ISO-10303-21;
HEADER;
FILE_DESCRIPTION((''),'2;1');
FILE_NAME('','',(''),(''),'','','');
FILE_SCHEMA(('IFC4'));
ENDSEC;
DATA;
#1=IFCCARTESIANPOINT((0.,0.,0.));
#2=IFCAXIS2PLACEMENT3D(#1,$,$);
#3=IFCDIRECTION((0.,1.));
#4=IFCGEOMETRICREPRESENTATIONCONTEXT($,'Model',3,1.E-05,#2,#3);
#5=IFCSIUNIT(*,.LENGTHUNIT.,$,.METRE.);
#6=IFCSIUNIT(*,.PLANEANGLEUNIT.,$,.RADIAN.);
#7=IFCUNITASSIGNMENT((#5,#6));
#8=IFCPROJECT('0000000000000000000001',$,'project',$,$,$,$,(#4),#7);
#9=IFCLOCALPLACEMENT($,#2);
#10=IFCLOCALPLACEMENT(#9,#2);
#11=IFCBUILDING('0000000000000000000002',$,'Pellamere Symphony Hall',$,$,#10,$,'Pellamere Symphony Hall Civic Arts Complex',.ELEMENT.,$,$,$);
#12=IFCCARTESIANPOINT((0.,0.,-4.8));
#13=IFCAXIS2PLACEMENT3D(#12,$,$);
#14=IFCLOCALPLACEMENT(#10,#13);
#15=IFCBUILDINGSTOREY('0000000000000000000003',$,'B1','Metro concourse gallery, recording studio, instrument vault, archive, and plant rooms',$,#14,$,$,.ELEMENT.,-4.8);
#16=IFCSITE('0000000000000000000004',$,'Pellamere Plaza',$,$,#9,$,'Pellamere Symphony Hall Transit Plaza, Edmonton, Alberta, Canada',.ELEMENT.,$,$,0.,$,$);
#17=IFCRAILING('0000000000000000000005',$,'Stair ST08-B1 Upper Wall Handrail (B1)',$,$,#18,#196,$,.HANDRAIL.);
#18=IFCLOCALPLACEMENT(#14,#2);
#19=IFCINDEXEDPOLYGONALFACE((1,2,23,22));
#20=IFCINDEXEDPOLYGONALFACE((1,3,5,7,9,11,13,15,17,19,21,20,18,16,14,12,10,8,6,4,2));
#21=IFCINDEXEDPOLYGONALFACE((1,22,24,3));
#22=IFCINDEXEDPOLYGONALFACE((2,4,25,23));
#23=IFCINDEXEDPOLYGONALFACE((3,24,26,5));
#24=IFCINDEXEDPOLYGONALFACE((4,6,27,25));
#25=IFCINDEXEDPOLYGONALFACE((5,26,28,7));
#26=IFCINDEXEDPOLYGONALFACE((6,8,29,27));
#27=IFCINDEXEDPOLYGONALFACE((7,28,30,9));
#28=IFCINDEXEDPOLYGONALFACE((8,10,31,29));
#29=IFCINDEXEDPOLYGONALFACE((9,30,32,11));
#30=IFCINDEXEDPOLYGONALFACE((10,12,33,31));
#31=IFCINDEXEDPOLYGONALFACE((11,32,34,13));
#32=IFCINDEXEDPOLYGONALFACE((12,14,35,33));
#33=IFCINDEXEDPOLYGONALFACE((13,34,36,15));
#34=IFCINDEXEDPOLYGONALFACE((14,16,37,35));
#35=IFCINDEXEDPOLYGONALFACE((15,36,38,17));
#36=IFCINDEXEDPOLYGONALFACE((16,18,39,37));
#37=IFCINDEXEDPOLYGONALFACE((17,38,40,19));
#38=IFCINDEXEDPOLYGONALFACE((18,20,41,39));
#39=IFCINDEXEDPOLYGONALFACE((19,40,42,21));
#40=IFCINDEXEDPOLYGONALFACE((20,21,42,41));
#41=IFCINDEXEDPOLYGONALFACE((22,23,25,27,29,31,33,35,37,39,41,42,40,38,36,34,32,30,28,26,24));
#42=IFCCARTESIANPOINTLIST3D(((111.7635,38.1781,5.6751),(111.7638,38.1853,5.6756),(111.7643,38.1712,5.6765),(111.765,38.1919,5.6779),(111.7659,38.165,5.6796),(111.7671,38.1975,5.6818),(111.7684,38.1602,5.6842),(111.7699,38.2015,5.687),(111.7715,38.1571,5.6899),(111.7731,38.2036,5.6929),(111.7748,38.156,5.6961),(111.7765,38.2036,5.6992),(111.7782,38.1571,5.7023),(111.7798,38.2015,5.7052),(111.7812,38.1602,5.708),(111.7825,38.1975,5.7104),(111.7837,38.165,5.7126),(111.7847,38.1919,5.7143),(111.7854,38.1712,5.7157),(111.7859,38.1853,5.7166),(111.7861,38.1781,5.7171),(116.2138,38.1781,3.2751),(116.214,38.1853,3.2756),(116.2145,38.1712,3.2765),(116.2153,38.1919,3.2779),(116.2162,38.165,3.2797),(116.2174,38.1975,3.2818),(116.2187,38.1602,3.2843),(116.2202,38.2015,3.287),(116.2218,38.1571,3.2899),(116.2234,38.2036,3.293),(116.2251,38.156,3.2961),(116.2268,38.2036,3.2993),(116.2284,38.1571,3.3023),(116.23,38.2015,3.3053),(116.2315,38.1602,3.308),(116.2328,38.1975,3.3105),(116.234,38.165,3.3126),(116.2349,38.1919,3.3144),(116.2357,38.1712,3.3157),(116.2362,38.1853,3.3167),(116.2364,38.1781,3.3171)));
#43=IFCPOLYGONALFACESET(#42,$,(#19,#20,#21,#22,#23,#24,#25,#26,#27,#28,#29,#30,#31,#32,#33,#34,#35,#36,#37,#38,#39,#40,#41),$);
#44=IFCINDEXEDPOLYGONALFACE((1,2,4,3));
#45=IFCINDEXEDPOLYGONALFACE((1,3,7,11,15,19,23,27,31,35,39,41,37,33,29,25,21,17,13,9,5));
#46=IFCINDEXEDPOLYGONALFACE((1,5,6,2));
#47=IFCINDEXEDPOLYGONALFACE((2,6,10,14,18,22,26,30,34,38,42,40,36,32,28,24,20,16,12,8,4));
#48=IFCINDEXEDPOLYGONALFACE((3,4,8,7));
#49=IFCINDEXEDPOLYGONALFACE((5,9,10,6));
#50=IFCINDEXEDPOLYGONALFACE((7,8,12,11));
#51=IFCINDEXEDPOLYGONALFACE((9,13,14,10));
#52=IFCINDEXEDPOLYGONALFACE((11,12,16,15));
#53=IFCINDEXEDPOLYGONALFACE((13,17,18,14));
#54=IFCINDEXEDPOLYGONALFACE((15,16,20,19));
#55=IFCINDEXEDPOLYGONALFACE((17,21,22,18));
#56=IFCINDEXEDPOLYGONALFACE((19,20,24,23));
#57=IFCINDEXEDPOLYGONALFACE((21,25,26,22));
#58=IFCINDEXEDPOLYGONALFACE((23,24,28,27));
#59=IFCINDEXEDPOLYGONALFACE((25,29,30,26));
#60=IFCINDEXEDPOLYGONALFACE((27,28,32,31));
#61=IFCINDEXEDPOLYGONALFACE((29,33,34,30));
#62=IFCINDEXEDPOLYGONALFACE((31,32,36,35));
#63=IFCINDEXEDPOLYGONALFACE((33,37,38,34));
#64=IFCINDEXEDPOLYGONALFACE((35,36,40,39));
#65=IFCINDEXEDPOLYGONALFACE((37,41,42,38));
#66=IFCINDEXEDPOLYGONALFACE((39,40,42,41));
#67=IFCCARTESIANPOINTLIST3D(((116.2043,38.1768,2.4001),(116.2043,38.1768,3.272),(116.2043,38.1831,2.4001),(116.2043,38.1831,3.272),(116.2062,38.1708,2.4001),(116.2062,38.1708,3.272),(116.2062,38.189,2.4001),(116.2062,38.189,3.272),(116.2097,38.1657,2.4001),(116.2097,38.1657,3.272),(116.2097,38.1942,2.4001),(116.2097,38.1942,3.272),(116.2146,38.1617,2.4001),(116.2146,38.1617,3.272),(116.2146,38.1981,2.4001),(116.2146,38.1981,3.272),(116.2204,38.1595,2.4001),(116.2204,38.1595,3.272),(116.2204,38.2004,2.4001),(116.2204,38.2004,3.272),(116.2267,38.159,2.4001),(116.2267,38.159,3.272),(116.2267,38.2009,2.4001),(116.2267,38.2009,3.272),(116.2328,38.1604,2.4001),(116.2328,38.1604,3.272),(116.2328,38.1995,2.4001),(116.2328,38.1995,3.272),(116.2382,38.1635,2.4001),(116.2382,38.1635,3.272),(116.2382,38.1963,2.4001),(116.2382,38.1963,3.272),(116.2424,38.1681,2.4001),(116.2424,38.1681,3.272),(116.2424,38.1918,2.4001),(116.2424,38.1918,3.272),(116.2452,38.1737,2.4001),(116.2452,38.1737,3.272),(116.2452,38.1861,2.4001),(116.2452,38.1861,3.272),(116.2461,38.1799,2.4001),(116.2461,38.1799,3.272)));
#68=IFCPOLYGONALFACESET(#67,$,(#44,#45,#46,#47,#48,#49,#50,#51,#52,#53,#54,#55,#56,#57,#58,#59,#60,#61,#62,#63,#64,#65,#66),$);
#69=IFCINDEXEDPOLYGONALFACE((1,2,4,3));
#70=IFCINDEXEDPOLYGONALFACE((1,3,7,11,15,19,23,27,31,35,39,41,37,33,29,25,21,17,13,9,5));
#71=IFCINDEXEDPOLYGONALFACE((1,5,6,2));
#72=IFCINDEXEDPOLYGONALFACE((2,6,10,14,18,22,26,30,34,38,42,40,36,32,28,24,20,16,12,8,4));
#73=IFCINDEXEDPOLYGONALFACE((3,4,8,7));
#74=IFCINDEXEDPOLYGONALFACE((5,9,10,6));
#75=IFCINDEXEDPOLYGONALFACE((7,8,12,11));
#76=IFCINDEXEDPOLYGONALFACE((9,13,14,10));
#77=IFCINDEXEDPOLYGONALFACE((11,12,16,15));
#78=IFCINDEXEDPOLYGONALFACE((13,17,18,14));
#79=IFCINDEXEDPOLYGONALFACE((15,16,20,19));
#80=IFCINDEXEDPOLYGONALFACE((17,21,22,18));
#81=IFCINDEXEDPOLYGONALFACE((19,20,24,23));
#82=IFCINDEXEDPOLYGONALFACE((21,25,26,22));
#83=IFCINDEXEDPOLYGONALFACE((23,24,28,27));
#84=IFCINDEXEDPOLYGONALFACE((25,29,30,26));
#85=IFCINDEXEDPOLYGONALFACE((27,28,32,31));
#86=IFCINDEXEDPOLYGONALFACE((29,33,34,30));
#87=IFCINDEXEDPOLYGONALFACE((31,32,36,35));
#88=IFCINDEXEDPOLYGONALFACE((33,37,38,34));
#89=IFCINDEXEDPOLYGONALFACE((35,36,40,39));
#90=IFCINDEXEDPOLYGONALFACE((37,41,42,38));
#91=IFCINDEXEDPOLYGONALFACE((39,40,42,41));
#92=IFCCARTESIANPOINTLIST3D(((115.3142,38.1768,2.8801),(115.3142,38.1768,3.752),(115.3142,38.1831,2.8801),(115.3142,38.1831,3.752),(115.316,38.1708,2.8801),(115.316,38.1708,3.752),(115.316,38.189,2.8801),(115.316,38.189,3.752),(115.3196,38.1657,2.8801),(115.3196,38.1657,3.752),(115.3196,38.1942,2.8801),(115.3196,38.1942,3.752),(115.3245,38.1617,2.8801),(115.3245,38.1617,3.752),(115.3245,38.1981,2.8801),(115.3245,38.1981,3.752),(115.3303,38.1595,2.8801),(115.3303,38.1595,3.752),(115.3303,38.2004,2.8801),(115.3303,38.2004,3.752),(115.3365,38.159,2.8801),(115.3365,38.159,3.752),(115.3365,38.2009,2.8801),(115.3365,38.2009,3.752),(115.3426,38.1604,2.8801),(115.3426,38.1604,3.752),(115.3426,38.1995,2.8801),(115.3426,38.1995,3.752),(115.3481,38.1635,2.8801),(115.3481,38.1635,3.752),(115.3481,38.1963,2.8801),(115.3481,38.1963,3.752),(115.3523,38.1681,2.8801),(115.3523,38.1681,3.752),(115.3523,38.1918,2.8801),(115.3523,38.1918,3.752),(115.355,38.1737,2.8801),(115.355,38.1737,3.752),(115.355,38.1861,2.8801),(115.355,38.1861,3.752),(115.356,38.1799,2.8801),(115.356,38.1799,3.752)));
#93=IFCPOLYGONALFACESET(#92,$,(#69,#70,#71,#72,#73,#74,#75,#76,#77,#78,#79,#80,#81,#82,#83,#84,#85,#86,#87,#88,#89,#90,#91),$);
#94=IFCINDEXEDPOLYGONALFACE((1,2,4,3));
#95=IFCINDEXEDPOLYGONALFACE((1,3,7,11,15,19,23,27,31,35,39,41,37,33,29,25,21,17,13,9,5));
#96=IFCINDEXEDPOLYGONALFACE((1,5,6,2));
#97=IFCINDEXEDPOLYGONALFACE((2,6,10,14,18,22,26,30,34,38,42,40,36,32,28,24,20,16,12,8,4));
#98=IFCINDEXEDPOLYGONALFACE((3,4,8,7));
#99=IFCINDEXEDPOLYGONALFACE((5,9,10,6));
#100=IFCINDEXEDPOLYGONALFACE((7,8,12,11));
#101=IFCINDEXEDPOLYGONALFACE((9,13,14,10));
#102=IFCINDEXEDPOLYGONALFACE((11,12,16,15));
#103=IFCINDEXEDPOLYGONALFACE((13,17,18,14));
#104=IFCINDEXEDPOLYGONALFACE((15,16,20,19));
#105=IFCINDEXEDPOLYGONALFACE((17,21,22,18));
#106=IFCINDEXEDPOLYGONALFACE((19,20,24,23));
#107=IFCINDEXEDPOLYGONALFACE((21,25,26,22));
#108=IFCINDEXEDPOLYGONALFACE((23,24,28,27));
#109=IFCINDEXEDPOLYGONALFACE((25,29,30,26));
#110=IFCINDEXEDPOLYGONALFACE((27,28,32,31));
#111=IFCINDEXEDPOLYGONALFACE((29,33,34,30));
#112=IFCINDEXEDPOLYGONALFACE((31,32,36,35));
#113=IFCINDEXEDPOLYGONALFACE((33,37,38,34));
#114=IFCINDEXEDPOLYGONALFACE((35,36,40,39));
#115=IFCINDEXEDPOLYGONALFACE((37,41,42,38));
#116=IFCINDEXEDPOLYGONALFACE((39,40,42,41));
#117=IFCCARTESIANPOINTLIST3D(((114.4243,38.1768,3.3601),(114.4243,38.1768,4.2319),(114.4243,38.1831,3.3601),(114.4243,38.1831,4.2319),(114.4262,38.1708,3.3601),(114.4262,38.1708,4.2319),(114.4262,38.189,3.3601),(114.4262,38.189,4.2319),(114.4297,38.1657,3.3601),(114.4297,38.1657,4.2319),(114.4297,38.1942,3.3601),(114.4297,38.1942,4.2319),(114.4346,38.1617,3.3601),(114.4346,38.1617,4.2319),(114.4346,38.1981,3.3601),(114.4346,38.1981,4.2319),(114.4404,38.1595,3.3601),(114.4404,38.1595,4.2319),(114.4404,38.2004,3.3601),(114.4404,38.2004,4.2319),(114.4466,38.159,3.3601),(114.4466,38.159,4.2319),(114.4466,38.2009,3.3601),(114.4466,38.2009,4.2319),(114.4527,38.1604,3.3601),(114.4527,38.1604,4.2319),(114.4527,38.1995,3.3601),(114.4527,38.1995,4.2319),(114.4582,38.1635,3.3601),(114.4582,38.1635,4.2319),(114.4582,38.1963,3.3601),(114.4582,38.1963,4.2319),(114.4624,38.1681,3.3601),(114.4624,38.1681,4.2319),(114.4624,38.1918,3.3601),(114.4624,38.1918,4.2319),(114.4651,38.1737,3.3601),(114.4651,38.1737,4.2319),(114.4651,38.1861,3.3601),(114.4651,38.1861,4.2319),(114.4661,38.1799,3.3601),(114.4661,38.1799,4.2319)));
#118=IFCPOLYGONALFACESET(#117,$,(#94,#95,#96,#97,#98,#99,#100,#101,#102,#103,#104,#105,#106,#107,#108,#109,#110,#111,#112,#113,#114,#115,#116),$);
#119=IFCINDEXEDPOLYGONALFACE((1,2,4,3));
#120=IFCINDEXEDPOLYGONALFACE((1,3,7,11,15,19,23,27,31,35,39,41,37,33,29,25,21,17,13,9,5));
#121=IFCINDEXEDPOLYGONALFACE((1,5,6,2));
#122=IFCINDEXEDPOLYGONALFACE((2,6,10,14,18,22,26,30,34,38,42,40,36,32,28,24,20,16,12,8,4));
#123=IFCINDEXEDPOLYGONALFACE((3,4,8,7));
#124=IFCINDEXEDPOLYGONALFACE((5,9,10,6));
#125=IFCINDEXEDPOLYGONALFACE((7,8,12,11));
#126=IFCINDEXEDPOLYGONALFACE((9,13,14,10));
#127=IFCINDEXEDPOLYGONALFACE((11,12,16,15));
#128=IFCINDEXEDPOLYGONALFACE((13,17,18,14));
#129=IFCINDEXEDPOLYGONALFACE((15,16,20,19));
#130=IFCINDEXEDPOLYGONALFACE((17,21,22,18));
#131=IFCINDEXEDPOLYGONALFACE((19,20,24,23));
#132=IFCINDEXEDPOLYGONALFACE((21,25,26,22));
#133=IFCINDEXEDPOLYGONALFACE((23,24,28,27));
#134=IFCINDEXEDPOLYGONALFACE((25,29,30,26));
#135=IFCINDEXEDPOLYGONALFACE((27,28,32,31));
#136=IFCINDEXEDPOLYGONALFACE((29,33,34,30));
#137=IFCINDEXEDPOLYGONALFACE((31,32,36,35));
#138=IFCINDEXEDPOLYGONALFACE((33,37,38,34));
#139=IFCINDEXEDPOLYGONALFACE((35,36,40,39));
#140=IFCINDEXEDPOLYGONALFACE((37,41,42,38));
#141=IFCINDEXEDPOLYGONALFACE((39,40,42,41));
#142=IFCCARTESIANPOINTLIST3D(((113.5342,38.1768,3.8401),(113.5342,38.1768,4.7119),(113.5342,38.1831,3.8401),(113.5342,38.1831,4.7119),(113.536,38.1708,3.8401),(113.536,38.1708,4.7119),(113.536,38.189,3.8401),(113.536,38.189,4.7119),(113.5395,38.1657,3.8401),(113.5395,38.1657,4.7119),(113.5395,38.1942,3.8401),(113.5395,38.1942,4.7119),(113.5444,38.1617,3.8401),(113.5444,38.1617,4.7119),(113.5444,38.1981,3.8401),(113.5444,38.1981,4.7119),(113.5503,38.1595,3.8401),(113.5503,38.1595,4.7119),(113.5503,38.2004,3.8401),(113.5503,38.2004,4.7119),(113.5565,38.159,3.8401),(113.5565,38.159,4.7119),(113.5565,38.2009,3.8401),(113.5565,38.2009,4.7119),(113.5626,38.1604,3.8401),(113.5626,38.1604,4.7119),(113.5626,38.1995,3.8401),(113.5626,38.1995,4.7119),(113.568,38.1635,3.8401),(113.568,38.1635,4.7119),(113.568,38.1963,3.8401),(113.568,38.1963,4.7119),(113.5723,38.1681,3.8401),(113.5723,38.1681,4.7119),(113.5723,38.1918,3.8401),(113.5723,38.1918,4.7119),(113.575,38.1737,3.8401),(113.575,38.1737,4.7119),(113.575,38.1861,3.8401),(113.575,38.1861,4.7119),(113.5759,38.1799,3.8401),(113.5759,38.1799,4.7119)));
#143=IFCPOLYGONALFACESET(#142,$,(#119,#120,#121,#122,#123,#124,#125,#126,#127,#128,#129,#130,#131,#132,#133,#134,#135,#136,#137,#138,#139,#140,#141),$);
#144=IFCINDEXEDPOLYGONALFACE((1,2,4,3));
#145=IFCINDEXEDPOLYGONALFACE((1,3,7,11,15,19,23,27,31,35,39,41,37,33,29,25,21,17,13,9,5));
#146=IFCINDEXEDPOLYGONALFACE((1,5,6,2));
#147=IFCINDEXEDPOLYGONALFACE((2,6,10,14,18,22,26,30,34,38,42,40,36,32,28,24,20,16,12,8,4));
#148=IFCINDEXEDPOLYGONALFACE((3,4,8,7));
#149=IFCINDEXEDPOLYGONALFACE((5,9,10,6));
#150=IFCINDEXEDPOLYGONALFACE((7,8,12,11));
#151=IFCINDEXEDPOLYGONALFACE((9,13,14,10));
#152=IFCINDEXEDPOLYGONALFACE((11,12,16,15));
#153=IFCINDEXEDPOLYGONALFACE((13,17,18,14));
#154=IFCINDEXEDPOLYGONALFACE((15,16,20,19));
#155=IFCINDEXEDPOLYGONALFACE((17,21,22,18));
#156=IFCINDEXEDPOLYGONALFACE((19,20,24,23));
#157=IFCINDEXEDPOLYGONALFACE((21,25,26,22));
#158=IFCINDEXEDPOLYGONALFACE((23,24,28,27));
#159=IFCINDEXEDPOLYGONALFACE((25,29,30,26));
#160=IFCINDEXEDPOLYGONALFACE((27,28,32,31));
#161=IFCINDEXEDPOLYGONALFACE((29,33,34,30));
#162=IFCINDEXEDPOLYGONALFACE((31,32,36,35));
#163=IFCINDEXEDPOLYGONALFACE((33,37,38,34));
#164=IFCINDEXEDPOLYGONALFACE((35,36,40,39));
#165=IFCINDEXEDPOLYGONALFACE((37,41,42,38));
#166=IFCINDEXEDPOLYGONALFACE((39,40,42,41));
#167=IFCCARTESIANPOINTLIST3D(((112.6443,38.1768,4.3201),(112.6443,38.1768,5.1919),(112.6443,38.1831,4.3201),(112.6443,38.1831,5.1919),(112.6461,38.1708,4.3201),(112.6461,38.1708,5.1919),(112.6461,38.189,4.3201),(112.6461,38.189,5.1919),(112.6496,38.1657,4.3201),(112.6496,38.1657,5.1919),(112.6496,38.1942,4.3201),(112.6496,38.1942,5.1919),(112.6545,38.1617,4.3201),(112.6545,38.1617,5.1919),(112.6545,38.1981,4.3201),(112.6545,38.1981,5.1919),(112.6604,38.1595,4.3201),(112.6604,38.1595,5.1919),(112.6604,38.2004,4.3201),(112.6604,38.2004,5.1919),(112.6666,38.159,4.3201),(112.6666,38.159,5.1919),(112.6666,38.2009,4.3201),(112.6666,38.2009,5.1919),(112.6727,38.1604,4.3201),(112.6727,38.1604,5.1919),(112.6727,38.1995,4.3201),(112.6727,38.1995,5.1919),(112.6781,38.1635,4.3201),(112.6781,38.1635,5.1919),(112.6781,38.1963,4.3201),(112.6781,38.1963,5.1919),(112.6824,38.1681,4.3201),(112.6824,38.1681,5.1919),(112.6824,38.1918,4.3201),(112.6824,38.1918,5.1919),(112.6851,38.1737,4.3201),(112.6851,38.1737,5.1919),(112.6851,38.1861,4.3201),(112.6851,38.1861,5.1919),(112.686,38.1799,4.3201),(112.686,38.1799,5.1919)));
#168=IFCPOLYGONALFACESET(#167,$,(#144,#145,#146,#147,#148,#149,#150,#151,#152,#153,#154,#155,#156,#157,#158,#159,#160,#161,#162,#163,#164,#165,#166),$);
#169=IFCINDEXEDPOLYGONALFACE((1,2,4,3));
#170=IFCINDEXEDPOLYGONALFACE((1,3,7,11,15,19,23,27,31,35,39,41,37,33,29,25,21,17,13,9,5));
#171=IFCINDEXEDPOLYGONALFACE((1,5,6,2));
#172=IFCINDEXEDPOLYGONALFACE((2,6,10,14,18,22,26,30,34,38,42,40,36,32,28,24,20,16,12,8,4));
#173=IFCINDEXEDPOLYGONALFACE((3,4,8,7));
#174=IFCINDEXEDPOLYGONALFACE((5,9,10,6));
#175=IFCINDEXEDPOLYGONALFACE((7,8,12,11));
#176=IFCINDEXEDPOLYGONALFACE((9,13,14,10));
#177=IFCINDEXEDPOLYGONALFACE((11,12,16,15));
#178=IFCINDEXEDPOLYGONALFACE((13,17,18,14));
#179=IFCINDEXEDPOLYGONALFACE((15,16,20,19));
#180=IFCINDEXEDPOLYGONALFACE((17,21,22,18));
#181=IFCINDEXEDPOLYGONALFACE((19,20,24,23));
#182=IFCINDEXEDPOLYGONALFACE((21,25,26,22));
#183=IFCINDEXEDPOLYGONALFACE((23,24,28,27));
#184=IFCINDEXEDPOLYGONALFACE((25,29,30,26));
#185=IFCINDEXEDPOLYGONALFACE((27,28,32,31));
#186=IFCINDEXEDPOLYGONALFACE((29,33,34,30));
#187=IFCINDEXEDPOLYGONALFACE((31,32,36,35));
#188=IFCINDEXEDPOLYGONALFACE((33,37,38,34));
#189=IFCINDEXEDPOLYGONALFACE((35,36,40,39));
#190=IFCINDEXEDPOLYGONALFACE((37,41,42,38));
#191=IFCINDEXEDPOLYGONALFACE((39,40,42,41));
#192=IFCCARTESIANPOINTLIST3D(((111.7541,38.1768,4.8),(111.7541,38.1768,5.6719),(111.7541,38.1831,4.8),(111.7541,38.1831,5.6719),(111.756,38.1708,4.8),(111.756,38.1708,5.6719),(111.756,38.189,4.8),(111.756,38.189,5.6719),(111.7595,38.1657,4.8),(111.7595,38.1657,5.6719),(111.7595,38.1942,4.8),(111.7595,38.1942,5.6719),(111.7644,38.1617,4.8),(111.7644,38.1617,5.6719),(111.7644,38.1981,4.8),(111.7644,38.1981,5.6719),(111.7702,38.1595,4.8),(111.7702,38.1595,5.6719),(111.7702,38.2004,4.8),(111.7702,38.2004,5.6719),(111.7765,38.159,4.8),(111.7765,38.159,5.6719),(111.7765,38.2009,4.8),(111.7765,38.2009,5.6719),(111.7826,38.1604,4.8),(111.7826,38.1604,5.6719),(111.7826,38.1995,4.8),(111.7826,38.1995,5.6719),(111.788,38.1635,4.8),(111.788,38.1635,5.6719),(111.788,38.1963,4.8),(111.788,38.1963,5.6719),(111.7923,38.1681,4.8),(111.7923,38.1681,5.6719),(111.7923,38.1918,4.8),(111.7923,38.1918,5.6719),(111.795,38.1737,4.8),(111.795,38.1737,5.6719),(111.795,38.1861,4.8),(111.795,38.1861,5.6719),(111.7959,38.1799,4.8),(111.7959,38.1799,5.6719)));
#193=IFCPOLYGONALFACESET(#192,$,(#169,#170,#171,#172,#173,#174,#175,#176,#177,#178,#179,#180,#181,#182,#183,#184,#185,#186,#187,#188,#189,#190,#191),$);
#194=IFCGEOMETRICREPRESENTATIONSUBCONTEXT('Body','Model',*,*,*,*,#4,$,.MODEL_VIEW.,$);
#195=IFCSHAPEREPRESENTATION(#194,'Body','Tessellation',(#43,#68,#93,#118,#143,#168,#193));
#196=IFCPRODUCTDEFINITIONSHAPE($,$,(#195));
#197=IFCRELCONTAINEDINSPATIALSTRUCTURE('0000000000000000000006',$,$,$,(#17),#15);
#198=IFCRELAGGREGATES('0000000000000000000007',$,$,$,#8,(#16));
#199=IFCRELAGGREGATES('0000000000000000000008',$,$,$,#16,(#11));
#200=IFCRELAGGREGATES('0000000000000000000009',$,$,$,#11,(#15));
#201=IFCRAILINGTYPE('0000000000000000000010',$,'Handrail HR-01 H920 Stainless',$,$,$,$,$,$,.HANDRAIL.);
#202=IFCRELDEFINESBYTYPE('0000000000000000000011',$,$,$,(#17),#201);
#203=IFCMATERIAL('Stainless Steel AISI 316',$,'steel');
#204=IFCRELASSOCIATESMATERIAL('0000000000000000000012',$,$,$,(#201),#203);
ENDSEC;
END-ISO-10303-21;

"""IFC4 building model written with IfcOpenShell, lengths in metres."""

from ifc_helpers import new_model, si_unit, direction, frame, origin, origin_2d, place, context, subcontext, project, spatial, circle, extrude, material, type_object, element, save


model = new_model("IFC4")

# Units and contexts
model_context = context("Model", 3, precision=1e-05, world=origin(), true_north=direction((0.0, 1.0)))
body_context = subcontext(model_context, "Body", "Model", "MODEL_VIEW")
ifc_project = project(units=[si_unit("LENGTHUNIT", "METRE"), si_unit("PLANEANGLEUNIT", "RADIAN")], contexts=[model_context])

# Site, building, storey
site_placement = place(None, origin())
site = spatial("IfcSite", under=ifc_project, at=site_placement, Name="Pellamere Plaza", LongName="Pellamere Symphony Hall Transit Plaza, Edmonton, Alberta, Canada", CompositionType="ELEMENT", RefElevation=0.0)
building_placement = place(site_placement, origin())
building = spatial("IfcBuilding", under=site, at=building_placement, Name="Pellamere Symphony Hall", LongName="Pellamere Symphony Hall Civic Arts Complex", CompositionType="ELEMENT")
storey_placement = place(building_placement, frame((0.0, 0.0, -4.8)))
storey = spatial("IfcBuildingStorey", under=building, at=storey_placement, Name="B1", Description="Metro concourse gallery, recording studio, instrument vault, archive, and plant rooms", CompositionType="ELEMENT", Elevation=-4.8)

# Railing
ifc_material_1 = material(Name="Stainless Steel AISI 316", Category="steel")
railing_type = type_object("IfcRailingType", Name="Handrail HR-01 H920 Stainless", PredefinedType="HANDRAIL", material=ifc_material_1)
railing_placement = place(storey_placement, frame((116.2251, 38.1799, 2.4001)))
element("IfcRailing", 1, at=railing_placement, inside=storey, type_object=railing_type, Name="Stair ST08-B1 Upper Wall Handrail (B1)", PredefinedType="HANDRAIL", context=body_context, shape_type="SweptSolid", body=[
    extrude(circle(Radius=0.0239, at=origin_2d()), frame((0.0, 0.0, 0.896), z_axis=(-0.88017, 0.0, 0.474658), x_axis=(0.0, -1.0, 0.0)), (0.0, 0.0, 1.0), 5.0562),
    extrude(circle(Radius=0.021, at=origin_2d()), origin(), (0.0, 0.0, 1.0), 0.8718),
    extrude(circle(Radius=0.021, at=origin_2d()), frame((-0.8901, 0.0, 0.48)), (0.0, 0.0, 1.0), 0.8718),
    extrude(circle(Radius=0.021, at=origin_2d()), frame((-1.78, 0.0, 0.96)), (0.0, 0.0, 1.0), 0.8718),
    extrude(circle(Radius=0.021, at=origin_2d()), frame((-2.6702, 0.0, 1.4399)), (0.0, 0.0, 1.0), 0.8718),
    extrude(circle(Radius=0.021, at=origin_2d()), frame((-3.5601, 0.0, 1.9199)), (0.0, 0.0, 1.0), 0.8718),
    extrude(circle(Radius=0.021, at=origin_2d()), frame((-4.4502, 0.0, 2.3999)), (0.0, 0.0, 1.0), 0.8718),
])

save(model, "model.ifc")
